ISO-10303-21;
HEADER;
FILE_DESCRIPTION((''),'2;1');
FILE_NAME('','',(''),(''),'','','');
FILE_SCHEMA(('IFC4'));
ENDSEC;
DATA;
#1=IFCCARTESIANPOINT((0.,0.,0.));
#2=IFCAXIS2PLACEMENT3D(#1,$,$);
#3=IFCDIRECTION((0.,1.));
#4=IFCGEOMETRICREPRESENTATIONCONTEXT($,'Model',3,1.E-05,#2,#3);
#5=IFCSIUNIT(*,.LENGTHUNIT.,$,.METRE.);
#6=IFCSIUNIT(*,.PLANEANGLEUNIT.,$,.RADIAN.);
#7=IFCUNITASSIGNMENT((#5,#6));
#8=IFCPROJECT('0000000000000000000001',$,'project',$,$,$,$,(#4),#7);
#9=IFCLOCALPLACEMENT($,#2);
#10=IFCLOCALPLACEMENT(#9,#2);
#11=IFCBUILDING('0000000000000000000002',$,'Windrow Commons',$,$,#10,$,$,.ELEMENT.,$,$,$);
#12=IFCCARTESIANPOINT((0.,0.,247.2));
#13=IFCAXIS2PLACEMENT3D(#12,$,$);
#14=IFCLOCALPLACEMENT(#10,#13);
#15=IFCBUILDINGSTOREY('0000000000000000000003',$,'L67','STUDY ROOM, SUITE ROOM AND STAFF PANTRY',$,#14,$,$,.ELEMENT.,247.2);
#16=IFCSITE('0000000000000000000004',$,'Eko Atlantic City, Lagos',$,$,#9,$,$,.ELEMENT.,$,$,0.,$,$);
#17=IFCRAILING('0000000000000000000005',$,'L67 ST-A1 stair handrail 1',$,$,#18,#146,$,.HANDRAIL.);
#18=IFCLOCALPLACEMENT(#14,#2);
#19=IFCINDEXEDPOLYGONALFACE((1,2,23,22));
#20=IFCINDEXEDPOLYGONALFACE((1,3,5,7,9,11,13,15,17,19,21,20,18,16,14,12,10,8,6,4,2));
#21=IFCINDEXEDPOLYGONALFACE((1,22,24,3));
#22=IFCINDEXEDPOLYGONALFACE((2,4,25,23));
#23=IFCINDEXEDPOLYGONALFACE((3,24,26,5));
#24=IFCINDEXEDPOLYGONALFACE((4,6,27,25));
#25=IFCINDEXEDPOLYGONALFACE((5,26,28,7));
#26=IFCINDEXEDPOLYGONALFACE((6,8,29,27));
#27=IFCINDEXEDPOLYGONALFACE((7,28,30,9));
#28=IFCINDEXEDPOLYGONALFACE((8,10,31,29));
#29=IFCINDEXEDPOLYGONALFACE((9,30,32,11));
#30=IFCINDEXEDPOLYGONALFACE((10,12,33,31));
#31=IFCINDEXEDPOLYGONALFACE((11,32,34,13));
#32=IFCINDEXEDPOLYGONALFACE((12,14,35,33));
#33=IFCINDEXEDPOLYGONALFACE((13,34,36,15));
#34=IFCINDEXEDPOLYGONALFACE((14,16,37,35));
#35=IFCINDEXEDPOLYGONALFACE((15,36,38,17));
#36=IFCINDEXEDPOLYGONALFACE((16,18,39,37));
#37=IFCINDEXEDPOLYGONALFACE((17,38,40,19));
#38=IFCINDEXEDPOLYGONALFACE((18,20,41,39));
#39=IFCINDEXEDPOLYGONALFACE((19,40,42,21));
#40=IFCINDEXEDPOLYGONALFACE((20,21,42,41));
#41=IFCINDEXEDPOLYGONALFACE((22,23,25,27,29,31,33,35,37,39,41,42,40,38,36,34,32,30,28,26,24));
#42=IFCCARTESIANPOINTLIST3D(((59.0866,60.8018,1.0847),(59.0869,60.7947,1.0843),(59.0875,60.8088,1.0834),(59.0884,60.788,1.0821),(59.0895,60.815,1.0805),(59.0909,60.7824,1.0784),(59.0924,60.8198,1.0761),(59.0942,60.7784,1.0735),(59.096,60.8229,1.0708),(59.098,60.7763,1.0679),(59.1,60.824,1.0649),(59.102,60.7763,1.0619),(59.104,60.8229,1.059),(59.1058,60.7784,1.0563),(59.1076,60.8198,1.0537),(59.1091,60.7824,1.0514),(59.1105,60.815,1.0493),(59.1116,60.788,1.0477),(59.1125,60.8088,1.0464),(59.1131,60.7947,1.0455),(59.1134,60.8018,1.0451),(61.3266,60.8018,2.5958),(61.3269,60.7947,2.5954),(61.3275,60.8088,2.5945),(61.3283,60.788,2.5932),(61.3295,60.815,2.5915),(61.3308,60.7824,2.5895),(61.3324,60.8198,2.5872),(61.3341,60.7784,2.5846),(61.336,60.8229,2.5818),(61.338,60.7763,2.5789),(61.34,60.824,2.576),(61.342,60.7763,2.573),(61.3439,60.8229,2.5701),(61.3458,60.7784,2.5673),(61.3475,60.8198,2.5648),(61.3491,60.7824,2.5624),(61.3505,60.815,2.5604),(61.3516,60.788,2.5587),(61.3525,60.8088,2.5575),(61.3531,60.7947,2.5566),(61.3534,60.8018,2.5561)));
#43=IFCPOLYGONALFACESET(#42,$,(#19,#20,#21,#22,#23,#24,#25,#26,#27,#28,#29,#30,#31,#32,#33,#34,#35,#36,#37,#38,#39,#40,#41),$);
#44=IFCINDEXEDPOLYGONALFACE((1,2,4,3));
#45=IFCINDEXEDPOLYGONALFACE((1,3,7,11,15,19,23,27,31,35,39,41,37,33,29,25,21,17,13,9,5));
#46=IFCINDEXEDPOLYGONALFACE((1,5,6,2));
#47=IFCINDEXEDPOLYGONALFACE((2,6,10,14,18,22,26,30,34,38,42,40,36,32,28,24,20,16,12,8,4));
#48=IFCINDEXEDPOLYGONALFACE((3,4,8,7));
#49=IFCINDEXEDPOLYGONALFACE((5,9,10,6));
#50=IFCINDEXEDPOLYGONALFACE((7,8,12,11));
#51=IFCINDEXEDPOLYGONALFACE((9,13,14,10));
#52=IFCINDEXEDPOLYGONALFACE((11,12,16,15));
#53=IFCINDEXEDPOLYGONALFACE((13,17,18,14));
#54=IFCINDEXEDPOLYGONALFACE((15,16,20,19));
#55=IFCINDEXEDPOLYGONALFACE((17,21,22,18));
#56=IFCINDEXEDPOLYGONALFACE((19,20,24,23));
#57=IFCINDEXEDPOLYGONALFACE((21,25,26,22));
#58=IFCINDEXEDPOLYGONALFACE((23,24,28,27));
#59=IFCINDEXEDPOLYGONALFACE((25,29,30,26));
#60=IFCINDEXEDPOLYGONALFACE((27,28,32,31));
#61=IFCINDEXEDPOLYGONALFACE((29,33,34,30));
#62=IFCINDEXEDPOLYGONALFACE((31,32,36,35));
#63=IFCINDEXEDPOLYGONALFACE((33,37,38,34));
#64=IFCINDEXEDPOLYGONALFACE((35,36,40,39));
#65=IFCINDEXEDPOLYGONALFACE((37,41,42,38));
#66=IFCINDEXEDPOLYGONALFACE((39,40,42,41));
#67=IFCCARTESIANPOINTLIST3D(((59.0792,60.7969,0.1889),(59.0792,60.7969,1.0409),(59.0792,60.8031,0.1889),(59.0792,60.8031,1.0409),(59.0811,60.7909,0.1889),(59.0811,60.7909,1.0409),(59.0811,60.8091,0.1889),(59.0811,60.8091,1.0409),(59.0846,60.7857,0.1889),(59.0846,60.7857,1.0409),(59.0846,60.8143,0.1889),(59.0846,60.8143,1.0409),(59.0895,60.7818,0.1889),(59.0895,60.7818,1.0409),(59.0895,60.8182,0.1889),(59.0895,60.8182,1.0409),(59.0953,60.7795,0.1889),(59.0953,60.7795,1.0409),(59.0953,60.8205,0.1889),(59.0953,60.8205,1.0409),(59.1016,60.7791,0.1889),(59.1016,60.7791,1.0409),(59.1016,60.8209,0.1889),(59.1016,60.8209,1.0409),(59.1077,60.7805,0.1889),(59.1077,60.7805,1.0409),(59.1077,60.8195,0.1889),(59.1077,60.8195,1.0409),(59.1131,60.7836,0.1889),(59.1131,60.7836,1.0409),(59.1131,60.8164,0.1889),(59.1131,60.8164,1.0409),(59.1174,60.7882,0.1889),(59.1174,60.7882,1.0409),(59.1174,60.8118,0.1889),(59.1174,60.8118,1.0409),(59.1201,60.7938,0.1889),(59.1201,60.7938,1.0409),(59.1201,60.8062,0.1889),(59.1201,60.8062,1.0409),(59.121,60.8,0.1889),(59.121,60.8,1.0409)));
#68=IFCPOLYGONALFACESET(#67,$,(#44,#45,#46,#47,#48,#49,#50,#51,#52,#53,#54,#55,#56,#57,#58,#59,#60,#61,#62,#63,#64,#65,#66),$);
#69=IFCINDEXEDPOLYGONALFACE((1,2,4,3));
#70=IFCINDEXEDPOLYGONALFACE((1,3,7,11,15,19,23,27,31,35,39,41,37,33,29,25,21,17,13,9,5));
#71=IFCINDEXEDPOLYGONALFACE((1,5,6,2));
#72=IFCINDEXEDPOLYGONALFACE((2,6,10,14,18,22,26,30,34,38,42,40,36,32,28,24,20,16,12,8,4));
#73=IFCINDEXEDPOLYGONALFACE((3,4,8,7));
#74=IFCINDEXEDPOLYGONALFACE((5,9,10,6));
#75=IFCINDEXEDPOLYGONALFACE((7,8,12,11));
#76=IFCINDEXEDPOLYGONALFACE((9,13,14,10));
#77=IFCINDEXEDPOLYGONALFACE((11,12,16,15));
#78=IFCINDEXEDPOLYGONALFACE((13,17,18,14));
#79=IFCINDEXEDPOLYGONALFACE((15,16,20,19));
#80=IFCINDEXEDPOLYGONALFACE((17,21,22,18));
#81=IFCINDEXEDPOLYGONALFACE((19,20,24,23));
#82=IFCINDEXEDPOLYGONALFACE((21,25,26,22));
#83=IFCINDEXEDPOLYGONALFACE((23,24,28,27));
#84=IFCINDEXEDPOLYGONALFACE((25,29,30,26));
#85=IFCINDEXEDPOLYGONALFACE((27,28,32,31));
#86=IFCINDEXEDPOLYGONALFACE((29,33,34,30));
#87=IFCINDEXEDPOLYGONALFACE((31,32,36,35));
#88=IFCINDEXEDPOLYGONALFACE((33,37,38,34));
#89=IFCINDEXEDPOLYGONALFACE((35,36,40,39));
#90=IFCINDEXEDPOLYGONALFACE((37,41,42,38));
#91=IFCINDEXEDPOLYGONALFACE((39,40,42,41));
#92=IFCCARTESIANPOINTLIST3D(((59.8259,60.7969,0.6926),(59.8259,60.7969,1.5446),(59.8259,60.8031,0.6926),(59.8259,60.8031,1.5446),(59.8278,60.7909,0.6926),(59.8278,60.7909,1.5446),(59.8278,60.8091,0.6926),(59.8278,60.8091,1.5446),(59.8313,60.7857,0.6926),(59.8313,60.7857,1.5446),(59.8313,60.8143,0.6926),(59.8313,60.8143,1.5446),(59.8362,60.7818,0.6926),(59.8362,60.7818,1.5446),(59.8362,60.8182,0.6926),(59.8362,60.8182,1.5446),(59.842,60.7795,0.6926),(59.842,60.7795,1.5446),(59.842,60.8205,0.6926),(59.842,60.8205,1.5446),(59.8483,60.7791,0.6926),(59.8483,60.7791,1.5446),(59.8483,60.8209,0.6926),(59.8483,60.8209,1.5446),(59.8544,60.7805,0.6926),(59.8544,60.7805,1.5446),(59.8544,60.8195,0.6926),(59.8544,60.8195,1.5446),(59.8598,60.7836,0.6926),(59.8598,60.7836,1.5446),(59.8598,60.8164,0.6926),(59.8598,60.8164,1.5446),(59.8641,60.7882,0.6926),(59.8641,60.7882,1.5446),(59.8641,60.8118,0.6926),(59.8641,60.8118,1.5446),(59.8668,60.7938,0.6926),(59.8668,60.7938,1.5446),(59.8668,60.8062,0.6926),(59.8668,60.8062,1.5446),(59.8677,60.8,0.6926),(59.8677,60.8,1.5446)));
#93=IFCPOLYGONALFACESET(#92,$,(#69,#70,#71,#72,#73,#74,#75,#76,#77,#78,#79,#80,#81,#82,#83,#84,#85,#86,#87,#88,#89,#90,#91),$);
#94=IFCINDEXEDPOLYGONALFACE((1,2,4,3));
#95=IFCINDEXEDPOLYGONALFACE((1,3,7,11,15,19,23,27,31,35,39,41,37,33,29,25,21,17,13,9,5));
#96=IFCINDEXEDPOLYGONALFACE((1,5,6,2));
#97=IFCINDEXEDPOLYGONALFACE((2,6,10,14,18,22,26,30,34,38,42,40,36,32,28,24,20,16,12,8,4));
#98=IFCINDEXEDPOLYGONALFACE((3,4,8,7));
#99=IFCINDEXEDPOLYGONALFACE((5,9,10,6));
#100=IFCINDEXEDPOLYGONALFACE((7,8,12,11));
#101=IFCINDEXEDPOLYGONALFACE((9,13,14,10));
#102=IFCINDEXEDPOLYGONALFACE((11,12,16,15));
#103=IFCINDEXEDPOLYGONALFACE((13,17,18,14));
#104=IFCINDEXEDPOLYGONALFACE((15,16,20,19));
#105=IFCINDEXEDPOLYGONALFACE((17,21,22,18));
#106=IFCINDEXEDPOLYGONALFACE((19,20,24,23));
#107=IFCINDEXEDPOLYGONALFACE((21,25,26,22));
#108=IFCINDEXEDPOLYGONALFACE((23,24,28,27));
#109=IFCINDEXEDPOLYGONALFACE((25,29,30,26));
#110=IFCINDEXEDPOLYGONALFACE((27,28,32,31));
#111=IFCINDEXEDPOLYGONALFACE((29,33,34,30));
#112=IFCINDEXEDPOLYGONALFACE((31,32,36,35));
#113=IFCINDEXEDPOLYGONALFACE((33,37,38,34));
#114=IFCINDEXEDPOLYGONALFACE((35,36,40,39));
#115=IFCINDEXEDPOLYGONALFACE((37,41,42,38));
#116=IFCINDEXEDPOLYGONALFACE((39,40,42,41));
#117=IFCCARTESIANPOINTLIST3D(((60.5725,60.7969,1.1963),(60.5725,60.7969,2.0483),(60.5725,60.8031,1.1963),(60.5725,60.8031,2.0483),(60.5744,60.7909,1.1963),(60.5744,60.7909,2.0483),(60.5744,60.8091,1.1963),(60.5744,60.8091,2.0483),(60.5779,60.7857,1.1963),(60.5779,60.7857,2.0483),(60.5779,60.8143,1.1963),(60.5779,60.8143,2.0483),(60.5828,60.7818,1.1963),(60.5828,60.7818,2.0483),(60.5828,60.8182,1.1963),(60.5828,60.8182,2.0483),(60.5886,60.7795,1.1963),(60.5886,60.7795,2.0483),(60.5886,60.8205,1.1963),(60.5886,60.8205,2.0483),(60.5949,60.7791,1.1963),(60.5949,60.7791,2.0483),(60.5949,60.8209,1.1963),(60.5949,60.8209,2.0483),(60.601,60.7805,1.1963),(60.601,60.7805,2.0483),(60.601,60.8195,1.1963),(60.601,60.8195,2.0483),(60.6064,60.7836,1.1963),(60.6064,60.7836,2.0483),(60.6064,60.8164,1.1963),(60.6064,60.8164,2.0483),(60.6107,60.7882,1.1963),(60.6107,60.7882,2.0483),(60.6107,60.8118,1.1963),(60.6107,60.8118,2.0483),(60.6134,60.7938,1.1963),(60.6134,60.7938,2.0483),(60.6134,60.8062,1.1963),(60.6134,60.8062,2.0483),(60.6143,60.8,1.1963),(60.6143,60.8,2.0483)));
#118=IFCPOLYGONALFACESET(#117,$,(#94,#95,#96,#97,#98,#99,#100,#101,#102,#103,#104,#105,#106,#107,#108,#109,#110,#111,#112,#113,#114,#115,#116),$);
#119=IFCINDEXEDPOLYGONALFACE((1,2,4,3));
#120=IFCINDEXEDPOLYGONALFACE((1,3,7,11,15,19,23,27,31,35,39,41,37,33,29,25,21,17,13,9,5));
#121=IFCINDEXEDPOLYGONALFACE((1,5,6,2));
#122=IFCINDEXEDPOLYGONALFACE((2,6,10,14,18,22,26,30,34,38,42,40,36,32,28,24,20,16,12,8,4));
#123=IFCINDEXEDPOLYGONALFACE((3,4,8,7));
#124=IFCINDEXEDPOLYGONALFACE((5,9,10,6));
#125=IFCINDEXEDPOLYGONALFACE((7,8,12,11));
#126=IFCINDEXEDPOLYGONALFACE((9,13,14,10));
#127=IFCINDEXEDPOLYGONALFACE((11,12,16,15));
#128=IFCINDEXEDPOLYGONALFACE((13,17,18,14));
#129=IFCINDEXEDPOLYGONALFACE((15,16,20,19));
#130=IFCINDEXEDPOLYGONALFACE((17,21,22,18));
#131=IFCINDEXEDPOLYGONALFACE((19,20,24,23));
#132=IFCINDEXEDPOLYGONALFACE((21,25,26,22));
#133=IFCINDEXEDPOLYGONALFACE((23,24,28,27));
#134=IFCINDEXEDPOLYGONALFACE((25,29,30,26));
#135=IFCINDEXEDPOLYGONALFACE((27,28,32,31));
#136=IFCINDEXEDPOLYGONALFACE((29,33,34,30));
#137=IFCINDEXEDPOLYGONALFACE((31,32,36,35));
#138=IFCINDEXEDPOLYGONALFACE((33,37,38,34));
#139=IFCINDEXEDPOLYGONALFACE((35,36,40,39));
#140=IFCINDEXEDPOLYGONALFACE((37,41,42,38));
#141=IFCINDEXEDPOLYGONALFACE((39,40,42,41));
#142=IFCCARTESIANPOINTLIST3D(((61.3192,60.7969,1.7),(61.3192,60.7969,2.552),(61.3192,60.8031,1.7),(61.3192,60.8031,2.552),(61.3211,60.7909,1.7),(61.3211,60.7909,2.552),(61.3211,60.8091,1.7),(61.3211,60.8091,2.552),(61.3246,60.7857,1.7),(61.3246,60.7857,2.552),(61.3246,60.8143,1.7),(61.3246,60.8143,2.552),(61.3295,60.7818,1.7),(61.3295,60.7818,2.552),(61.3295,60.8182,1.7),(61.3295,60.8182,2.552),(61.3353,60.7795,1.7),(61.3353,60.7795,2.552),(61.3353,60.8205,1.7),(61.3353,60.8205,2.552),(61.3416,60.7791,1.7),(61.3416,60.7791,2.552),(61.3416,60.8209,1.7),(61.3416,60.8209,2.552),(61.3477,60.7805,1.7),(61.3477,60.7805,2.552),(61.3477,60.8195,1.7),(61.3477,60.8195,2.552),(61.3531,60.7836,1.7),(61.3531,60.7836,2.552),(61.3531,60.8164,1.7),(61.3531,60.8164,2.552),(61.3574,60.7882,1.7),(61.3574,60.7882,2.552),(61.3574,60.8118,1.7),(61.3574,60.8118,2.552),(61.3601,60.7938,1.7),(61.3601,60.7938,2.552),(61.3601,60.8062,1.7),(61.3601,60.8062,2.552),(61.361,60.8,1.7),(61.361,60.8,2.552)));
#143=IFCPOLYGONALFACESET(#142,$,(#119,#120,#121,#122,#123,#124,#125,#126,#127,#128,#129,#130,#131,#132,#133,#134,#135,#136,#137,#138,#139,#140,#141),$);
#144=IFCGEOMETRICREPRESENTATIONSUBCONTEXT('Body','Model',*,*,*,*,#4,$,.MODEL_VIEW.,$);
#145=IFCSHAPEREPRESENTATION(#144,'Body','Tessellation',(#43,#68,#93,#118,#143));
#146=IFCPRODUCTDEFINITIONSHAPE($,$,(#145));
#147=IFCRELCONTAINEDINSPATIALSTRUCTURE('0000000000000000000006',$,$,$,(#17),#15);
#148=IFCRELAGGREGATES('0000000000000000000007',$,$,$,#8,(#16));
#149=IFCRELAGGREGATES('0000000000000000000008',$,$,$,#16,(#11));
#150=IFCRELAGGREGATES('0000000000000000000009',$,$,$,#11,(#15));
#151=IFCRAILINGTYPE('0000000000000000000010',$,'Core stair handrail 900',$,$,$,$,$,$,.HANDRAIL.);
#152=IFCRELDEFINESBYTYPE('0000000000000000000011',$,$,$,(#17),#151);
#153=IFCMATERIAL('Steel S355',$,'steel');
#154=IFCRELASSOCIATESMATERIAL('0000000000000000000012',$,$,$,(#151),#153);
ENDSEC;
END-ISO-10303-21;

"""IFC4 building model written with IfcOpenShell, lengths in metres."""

from ifc_helpers import new_model, si_unit, direction, frame, origin, origin_2d, place, context, subcontext, project, spatial, circle, extrude, material, type_object, element, save


model = new_model("IFC4")

# Units and contexts
model_context = context("Model", 3, precision=1e-05, world=origin(), true_north=direction((0.0, 1.0)))
body_context = subcontext(model_context, "Body", "Model", "MODEL_VIEW")
ifc_project = project(units=[si_unit("LENGTHUNIT", "METRE"), si_unit("PLANEANGLEUNIT", "RADIAN")], contexts=[model_context])

# Site, building, storey
site_placement = place(None, origin())
site = spatial("IfcSite", under=ifc_project, at=site_placement, Name="Eko Atlantic City, Lagos", CompositionType="ELEMENT", RefElevation=0.0)
building_placement = place(site_placement, origin())
building = spatial("IfcBuilding", under=site, at=building_placement, Name="Windrow Commons", CompositionType="ELEMENT")
storey_placement = place(building_placement, frame((0.0, 0.0, 247.2)))
storey = spatial("IfcBuildingStorey", under=building, at=storey_placement, Name="L67", Description="STUDY ROOM, SUITE ROOM AND STAFF PANTRY", CompositionType="ELEMENT", Elevation=247.2)

# Railing
ifc_material_1 = material(Name="Steel S355", Category="steel")
railing_type = type_object("IfcRailingType", Name="Core stair handrail 900", PredefinedType="HANDRAIL", material=ifc_material_1)
for number, where, name in (
    (1, (59.1, 60.8, 0.1889), "L67 ST-A1 stair handrail 1"),
):
    element("IfcRailing", number, at=place(storey_placement, frame(where)), inside=storey, type_object=railing_type, Name=name, PredefinedType="HANDRAIL", context=body_context, shape_type="SweptSolid", body=[
        extrude(circle(Radius=0.024, at=origin_2d()), frame((0.0, 0.0, 0.876), z_axis=(0.829003, 0.0, 0.559244), x_axis=(0.0, 1.0, 0.0)), (0.0, 0.0, 1.0), 2.702),
        extrude(circle(Radius=0.021, at=origin_2d()), origin(), (0.0, 0.0, 1.0), 0.852),
        extrude(circle(Radius=0.021, at=origin_2d()), frame((0.7467, 0.0, 0.5037)), (0.0, 0.0, 1.0), 0.852),
        extrude(circle(Radius=0.021, at=origin_2d()), frame((1.4933, 0.0, 1.0074)), (0.0, 0.0, 1.0), 0.852),
        extrude(circle(Radius=0.021, at=origin_2d()), frame((2.24, 0.0, 1.5111)), (0.0, 0.0, 1.0), 0.852),
    ])

save(model, "model.ifc")
